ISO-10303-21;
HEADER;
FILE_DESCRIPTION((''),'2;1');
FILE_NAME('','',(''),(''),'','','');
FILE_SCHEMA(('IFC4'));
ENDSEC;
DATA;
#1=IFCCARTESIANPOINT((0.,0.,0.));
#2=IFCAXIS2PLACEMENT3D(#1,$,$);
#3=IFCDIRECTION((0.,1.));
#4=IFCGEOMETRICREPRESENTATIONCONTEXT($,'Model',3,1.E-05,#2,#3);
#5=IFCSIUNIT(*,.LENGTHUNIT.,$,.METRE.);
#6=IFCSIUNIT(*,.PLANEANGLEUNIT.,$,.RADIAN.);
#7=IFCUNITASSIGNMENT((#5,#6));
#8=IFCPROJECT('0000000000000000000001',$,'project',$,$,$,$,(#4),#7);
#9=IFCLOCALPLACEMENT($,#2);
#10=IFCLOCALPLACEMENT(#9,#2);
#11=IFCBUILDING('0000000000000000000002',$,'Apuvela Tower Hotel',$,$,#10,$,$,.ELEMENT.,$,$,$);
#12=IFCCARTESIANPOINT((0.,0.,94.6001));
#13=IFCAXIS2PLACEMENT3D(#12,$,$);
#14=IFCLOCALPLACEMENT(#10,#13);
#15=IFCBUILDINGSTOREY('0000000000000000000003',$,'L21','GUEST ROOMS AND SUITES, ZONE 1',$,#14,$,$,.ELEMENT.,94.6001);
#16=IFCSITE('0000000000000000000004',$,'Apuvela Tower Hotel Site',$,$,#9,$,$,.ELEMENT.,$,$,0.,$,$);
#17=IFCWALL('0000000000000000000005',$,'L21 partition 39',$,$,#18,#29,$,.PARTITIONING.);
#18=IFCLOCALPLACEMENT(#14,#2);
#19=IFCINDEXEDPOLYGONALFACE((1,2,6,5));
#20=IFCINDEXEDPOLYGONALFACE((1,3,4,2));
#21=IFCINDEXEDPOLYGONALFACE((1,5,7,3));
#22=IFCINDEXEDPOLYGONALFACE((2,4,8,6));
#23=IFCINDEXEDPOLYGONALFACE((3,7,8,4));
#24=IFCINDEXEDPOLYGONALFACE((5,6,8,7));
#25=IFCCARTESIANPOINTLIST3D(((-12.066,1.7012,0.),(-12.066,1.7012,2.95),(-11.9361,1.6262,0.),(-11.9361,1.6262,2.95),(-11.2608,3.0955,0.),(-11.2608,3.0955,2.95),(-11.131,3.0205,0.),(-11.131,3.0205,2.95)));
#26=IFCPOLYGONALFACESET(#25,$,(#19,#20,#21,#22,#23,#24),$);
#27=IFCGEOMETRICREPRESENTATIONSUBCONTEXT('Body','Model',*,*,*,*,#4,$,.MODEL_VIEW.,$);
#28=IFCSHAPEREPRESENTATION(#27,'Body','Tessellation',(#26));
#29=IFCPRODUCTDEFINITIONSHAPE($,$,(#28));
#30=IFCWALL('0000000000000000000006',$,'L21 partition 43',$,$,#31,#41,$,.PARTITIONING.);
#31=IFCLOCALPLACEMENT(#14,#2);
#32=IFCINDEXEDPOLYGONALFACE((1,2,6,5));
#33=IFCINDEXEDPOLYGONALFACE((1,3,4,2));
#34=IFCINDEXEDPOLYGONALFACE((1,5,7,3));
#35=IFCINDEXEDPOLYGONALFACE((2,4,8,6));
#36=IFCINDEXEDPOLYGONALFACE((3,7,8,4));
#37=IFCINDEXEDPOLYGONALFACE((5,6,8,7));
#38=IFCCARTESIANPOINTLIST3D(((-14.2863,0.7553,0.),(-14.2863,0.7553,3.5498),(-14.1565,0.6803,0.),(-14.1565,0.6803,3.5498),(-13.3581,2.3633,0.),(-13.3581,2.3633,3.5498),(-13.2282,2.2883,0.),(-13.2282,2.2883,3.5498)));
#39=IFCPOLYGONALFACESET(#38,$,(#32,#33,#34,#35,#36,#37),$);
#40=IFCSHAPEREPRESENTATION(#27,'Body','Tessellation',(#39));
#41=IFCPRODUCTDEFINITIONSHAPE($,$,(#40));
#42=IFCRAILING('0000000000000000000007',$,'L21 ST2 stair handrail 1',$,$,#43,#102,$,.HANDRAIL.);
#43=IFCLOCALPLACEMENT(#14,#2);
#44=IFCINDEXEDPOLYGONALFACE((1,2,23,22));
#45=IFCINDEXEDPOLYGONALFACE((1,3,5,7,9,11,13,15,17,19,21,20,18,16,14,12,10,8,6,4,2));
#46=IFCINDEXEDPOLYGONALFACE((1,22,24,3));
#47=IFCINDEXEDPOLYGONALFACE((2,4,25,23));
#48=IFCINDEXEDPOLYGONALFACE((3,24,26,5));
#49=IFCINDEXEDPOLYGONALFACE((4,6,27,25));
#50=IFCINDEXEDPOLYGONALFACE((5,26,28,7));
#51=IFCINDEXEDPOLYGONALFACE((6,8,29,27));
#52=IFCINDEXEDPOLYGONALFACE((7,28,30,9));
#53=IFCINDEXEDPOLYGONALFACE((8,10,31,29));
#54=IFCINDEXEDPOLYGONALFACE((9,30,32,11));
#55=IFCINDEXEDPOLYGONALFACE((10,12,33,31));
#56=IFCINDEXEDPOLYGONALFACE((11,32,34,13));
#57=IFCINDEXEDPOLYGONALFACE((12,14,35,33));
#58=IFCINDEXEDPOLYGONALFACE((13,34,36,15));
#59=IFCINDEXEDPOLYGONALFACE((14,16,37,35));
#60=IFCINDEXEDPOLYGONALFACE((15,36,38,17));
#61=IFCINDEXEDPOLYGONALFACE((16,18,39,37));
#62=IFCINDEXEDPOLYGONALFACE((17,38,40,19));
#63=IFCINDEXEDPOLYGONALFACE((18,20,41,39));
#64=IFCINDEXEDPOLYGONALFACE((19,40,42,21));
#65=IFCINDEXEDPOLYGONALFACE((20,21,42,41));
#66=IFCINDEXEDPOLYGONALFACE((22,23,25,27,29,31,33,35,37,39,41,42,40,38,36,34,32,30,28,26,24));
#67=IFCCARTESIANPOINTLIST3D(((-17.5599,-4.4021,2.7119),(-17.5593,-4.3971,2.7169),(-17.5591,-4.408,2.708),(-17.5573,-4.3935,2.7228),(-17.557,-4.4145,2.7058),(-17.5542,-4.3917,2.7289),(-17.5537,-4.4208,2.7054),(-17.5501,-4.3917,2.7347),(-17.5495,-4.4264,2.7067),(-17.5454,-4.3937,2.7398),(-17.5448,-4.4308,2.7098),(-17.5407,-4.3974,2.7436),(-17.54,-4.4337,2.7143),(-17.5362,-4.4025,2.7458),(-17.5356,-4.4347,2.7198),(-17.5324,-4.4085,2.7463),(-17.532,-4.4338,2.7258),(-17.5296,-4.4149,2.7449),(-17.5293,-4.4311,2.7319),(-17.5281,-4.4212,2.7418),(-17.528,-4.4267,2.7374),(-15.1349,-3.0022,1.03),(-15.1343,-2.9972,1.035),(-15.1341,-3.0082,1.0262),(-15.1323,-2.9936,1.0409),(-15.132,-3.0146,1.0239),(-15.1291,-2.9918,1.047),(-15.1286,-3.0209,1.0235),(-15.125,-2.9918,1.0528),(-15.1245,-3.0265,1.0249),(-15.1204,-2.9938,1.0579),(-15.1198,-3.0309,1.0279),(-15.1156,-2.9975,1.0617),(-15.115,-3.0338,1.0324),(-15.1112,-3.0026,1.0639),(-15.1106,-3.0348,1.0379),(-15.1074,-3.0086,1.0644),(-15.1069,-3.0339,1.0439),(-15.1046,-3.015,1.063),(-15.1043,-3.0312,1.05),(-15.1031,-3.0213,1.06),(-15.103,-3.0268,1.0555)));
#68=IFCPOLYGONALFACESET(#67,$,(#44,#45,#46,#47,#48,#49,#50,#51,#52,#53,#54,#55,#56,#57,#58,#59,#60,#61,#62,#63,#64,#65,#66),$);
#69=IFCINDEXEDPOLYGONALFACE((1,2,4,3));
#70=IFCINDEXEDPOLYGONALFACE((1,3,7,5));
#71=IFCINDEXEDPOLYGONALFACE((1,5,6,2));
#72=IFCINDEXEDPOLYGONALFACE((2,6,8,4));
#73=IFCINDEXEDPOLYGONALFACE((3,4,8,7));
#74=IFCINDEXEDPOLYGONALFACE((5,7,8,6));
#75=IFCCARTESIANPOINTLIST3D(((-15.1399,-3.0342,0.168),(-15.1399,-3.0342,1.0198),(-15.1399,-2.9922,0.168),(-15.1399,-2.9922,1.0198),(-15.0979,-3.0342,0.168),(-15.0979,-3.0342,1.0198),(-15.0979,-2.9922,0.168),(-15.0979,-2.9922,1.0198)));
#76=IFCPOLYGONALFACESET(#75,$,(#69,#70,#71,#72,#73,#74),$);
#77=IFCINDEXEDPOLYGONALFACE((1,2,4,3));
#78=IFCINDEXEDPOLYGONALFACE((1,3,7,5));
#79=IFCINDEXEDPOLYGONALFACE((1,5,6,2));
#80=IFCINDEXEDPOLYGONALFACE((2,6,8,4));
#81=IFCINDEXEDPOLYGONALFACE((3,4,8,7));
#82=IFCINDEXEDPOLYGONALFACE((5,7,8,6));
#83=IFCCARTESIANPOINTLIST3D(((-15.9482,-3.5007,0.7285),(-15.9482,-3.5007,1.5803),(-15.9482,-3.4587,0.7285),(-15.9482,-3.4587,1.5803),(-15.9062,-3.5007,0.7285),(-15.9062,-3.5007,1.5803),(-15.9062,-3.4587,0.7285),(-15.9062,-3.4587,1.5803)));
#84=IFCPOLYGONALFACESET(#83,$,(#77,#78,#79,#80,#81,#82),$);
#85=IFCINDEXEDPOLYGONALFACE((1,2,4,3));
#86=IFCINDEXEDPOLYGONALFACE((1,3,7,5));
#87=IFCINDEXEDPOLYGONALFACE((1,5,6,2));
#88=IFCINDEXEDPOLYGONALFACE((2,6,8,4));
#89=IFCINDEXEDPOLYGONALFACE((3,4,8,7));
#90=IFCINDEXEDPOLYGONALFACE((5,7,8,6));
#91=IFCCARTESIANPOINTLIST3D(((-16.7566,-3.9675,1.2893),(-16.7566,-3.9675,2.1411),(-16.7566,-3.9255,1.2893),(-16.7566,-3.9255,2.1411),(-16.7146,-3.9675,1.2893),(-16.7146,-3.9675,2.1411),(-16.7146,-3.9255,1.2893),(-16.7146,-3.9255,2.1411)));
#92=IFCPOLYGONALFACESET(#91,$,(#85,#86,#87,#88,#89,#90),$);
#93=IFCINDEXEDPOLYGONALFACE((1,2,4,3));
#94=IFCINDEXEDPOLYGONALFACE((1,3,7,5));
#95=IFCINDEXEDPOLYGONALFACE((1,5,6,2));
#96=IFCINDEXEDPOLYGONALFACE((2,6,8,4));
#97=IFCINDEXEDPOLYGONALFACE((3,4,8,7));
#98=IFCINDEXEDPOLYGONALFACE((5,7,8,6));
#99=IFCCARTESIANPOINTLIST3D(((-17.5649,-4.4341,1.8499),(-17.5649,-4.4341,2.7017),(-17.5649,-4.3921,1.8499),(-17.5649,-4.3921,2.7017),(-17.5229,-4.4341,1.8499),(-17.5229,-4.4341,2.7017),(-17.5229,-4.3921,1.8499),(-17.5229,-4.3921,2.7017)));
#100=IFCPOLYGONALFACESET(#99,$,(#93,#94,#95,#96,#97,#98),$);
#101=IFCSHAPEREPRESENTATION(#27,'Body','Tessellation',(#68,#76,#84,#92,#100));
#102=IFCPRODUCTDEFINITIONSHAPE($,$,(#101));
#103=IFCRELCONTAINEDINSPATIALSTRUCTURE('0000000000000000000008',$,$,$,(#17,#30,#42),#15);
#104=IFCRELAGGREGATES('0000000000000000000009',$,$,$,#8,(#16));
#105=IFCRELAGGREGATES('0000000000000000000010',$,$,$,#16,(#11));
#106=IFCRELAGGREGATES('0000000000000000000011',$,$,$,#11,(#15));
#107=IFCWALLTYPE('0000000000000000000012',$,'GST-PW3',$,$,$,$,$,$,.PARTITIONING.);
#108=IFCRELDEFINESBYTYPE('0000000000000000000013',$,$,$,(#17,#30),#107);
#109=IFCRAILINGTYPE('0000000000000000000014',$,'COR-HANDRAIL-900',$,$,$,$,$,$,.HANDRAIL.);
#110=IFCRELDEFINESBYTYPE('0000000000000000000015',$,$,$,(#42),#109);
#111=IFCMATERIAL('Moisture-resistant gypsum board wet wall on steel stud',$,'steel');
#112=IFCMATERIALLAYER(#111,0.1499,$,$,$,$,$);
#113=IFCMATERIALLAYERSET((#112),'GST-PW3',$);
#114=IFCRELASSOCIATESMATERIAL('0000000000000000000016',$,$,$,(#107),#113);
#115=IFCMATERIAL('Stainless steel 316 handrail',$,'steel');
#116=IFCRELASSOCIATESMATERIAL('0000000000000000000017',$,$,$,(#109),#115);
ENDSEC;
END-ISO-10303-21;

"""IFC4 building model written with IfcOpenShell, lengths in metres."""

from ifc_helpers import new_model, si_unit, direction, frame, frame_2d, origin, origin_2d, place, context, subcontext, project, spatial, rectangle, circle, extrude, material, layer, layer_set, type_object, element, save


model = new_model("IFC4")

# Units and contexts
model_context = context("Model", 3, precision=1e-05, world=origin(), true_north=direction((0.0, 1.0)))
body_context = subcontext(model_context, "Body", "Model", "MODEL_VIEW")
ifc_project = project(units=[si_unit("LENGTHUNIT", "METRE"), si_unit("PLANEANGLEUNIT", "RADIAN")], contexts=[model_context])

# Site, building, storey
site_placement = place(None, origin())
site = spatial("IfcSite", under=ifc_project, at=site_placement, Name="Apuvela Tower Hotel Site", CompositionType="ELEMENT", RefElevation=0.0)
building_placement = place(site_placement, origin())
building = spatial("IfcBuilding", under=site, at=building_placement, Name="Apuvela Tower Hotel", CompositionType="ELEMENT")
storey_placement = place(building_placement, frame((0.0, 0.0, 94.6001)))
storey = spatial("IfcBuildingStorey", under=building, at=storey_placement, Name="L21", Description="GUEST ROOMS AND SUITES, ZONE 1", CompositionType="ELEMENT", Elevation=94.6001)

# Shared definitions
ifc_material_1 = material(Name="Moisture-resistant gypsum board wet wall on steel stud", Category="steel")
ifc_layer_1 = layer(ifc_material_1, 0.1499)
ifc_layer_set_1 = layer_set([ifc_layer_1], Name="GST-PW3")
wall_type_1 = type_object("IfcWallType", Name="GST-PW3", PredefinedType="PARTITIONING", material=ifc_layer_set_1)

# Walls
wall_1_placement = place(storey_placement, frame((-11.1958, 3.0581, 0.0), z_axis=(0.0, 0.0, 1.0), x_axis=(-0.500086, -0.865976, 0.0)))
element("IfcWall", 1, at=wall_1_placement, inside=storey, type_object=wall_type_1, Name="L21 partition 39", PredefinedType="PARTITIONING", context=body_context, shape_type="SweptSolid", body=[
    extrude(rectangle(XDim=1.6101, YDim=0.1499, at=frame_2d((0.8052, 0.0))), origin(), (0.0, 0.0, 1.0), 2.95),
])
wall_2_placement = place(storey_placement, frame((-13.2932, 2.3257, 0.0), z_axis=(0.0, 0.0, 1.0), x_axis=(-0.499958, -0.86605, 0.0)))
element("IfcWall", 2, at=wall_2_placement, inside=storey, type_object=wall_type_1, Name="L21 partition 43", PredefinedType="PARTITIONING", context=body_context, shape_type="SweptSolid", body=[
    extrude(rectangle(XDim=1.8567, YDim=0.1499, at=frame_2d((0.9282, 0.0))), origin(), (0.0, 0.0, 1.0), 3.5498),
])

# Railing
ifc_material_2 = material(Name="Stainless steel 316 handrail", Category="steel")
railing_type_1 = type_object("IfcRailingType", Name="COR-HANDRAIL-900", PredefinedType="HANDRAIL", material=ifc_material_2)
railing_1_placement = place(storey_placement, frame((-15.1189, -3.0132, 0.168)))
element("IfcRailing", 3, at=railing_1_placement, inside=storey, type_object=railing_type_1, Name="L21 ST2 stair handrail 1", PredefinedType="HANDRAIL", context=body_context, shape_type="SweptSolid", body=[
    extrude(circle(Radius=0.0239, at=origin_2d()), frame((0.0, 0.0, 0.876), z_axis=(-0.742424, -0.428577, 0.514906), x_axis=(0.499946, -0.866056, 0.0)), (0.0, 0.0, 1.0), 3.2664),
    extrude(rectangle(XDim=0.042, YDim=0.042, at=origin_2d()), origin(), (0.0, 0.0, 1.0), 0.8518),
    extrude(rectangle(XDim=0.042, YDim=0.042, at=origin_2d()), frame((-0.8083, -0.4666, 0.5605)), (0.0, 0.0, 1.0), 0.8518),
    extrude(rectangle(XDim=0.042, YDim=0.042, at=origin_2d()), frame((-1.6167, -0.9333, 1.1213)), (0.0, 0.0, 1.0), 0.8518),
    extrude(rectangle(XDim=0.042, YDim=0.042, at=origin_2d()), frame((-2.425, -1.3999, 1.6819)), (0.0, 0.0, 1.0), 0.8518),
])

save(model, "model.ifc")
